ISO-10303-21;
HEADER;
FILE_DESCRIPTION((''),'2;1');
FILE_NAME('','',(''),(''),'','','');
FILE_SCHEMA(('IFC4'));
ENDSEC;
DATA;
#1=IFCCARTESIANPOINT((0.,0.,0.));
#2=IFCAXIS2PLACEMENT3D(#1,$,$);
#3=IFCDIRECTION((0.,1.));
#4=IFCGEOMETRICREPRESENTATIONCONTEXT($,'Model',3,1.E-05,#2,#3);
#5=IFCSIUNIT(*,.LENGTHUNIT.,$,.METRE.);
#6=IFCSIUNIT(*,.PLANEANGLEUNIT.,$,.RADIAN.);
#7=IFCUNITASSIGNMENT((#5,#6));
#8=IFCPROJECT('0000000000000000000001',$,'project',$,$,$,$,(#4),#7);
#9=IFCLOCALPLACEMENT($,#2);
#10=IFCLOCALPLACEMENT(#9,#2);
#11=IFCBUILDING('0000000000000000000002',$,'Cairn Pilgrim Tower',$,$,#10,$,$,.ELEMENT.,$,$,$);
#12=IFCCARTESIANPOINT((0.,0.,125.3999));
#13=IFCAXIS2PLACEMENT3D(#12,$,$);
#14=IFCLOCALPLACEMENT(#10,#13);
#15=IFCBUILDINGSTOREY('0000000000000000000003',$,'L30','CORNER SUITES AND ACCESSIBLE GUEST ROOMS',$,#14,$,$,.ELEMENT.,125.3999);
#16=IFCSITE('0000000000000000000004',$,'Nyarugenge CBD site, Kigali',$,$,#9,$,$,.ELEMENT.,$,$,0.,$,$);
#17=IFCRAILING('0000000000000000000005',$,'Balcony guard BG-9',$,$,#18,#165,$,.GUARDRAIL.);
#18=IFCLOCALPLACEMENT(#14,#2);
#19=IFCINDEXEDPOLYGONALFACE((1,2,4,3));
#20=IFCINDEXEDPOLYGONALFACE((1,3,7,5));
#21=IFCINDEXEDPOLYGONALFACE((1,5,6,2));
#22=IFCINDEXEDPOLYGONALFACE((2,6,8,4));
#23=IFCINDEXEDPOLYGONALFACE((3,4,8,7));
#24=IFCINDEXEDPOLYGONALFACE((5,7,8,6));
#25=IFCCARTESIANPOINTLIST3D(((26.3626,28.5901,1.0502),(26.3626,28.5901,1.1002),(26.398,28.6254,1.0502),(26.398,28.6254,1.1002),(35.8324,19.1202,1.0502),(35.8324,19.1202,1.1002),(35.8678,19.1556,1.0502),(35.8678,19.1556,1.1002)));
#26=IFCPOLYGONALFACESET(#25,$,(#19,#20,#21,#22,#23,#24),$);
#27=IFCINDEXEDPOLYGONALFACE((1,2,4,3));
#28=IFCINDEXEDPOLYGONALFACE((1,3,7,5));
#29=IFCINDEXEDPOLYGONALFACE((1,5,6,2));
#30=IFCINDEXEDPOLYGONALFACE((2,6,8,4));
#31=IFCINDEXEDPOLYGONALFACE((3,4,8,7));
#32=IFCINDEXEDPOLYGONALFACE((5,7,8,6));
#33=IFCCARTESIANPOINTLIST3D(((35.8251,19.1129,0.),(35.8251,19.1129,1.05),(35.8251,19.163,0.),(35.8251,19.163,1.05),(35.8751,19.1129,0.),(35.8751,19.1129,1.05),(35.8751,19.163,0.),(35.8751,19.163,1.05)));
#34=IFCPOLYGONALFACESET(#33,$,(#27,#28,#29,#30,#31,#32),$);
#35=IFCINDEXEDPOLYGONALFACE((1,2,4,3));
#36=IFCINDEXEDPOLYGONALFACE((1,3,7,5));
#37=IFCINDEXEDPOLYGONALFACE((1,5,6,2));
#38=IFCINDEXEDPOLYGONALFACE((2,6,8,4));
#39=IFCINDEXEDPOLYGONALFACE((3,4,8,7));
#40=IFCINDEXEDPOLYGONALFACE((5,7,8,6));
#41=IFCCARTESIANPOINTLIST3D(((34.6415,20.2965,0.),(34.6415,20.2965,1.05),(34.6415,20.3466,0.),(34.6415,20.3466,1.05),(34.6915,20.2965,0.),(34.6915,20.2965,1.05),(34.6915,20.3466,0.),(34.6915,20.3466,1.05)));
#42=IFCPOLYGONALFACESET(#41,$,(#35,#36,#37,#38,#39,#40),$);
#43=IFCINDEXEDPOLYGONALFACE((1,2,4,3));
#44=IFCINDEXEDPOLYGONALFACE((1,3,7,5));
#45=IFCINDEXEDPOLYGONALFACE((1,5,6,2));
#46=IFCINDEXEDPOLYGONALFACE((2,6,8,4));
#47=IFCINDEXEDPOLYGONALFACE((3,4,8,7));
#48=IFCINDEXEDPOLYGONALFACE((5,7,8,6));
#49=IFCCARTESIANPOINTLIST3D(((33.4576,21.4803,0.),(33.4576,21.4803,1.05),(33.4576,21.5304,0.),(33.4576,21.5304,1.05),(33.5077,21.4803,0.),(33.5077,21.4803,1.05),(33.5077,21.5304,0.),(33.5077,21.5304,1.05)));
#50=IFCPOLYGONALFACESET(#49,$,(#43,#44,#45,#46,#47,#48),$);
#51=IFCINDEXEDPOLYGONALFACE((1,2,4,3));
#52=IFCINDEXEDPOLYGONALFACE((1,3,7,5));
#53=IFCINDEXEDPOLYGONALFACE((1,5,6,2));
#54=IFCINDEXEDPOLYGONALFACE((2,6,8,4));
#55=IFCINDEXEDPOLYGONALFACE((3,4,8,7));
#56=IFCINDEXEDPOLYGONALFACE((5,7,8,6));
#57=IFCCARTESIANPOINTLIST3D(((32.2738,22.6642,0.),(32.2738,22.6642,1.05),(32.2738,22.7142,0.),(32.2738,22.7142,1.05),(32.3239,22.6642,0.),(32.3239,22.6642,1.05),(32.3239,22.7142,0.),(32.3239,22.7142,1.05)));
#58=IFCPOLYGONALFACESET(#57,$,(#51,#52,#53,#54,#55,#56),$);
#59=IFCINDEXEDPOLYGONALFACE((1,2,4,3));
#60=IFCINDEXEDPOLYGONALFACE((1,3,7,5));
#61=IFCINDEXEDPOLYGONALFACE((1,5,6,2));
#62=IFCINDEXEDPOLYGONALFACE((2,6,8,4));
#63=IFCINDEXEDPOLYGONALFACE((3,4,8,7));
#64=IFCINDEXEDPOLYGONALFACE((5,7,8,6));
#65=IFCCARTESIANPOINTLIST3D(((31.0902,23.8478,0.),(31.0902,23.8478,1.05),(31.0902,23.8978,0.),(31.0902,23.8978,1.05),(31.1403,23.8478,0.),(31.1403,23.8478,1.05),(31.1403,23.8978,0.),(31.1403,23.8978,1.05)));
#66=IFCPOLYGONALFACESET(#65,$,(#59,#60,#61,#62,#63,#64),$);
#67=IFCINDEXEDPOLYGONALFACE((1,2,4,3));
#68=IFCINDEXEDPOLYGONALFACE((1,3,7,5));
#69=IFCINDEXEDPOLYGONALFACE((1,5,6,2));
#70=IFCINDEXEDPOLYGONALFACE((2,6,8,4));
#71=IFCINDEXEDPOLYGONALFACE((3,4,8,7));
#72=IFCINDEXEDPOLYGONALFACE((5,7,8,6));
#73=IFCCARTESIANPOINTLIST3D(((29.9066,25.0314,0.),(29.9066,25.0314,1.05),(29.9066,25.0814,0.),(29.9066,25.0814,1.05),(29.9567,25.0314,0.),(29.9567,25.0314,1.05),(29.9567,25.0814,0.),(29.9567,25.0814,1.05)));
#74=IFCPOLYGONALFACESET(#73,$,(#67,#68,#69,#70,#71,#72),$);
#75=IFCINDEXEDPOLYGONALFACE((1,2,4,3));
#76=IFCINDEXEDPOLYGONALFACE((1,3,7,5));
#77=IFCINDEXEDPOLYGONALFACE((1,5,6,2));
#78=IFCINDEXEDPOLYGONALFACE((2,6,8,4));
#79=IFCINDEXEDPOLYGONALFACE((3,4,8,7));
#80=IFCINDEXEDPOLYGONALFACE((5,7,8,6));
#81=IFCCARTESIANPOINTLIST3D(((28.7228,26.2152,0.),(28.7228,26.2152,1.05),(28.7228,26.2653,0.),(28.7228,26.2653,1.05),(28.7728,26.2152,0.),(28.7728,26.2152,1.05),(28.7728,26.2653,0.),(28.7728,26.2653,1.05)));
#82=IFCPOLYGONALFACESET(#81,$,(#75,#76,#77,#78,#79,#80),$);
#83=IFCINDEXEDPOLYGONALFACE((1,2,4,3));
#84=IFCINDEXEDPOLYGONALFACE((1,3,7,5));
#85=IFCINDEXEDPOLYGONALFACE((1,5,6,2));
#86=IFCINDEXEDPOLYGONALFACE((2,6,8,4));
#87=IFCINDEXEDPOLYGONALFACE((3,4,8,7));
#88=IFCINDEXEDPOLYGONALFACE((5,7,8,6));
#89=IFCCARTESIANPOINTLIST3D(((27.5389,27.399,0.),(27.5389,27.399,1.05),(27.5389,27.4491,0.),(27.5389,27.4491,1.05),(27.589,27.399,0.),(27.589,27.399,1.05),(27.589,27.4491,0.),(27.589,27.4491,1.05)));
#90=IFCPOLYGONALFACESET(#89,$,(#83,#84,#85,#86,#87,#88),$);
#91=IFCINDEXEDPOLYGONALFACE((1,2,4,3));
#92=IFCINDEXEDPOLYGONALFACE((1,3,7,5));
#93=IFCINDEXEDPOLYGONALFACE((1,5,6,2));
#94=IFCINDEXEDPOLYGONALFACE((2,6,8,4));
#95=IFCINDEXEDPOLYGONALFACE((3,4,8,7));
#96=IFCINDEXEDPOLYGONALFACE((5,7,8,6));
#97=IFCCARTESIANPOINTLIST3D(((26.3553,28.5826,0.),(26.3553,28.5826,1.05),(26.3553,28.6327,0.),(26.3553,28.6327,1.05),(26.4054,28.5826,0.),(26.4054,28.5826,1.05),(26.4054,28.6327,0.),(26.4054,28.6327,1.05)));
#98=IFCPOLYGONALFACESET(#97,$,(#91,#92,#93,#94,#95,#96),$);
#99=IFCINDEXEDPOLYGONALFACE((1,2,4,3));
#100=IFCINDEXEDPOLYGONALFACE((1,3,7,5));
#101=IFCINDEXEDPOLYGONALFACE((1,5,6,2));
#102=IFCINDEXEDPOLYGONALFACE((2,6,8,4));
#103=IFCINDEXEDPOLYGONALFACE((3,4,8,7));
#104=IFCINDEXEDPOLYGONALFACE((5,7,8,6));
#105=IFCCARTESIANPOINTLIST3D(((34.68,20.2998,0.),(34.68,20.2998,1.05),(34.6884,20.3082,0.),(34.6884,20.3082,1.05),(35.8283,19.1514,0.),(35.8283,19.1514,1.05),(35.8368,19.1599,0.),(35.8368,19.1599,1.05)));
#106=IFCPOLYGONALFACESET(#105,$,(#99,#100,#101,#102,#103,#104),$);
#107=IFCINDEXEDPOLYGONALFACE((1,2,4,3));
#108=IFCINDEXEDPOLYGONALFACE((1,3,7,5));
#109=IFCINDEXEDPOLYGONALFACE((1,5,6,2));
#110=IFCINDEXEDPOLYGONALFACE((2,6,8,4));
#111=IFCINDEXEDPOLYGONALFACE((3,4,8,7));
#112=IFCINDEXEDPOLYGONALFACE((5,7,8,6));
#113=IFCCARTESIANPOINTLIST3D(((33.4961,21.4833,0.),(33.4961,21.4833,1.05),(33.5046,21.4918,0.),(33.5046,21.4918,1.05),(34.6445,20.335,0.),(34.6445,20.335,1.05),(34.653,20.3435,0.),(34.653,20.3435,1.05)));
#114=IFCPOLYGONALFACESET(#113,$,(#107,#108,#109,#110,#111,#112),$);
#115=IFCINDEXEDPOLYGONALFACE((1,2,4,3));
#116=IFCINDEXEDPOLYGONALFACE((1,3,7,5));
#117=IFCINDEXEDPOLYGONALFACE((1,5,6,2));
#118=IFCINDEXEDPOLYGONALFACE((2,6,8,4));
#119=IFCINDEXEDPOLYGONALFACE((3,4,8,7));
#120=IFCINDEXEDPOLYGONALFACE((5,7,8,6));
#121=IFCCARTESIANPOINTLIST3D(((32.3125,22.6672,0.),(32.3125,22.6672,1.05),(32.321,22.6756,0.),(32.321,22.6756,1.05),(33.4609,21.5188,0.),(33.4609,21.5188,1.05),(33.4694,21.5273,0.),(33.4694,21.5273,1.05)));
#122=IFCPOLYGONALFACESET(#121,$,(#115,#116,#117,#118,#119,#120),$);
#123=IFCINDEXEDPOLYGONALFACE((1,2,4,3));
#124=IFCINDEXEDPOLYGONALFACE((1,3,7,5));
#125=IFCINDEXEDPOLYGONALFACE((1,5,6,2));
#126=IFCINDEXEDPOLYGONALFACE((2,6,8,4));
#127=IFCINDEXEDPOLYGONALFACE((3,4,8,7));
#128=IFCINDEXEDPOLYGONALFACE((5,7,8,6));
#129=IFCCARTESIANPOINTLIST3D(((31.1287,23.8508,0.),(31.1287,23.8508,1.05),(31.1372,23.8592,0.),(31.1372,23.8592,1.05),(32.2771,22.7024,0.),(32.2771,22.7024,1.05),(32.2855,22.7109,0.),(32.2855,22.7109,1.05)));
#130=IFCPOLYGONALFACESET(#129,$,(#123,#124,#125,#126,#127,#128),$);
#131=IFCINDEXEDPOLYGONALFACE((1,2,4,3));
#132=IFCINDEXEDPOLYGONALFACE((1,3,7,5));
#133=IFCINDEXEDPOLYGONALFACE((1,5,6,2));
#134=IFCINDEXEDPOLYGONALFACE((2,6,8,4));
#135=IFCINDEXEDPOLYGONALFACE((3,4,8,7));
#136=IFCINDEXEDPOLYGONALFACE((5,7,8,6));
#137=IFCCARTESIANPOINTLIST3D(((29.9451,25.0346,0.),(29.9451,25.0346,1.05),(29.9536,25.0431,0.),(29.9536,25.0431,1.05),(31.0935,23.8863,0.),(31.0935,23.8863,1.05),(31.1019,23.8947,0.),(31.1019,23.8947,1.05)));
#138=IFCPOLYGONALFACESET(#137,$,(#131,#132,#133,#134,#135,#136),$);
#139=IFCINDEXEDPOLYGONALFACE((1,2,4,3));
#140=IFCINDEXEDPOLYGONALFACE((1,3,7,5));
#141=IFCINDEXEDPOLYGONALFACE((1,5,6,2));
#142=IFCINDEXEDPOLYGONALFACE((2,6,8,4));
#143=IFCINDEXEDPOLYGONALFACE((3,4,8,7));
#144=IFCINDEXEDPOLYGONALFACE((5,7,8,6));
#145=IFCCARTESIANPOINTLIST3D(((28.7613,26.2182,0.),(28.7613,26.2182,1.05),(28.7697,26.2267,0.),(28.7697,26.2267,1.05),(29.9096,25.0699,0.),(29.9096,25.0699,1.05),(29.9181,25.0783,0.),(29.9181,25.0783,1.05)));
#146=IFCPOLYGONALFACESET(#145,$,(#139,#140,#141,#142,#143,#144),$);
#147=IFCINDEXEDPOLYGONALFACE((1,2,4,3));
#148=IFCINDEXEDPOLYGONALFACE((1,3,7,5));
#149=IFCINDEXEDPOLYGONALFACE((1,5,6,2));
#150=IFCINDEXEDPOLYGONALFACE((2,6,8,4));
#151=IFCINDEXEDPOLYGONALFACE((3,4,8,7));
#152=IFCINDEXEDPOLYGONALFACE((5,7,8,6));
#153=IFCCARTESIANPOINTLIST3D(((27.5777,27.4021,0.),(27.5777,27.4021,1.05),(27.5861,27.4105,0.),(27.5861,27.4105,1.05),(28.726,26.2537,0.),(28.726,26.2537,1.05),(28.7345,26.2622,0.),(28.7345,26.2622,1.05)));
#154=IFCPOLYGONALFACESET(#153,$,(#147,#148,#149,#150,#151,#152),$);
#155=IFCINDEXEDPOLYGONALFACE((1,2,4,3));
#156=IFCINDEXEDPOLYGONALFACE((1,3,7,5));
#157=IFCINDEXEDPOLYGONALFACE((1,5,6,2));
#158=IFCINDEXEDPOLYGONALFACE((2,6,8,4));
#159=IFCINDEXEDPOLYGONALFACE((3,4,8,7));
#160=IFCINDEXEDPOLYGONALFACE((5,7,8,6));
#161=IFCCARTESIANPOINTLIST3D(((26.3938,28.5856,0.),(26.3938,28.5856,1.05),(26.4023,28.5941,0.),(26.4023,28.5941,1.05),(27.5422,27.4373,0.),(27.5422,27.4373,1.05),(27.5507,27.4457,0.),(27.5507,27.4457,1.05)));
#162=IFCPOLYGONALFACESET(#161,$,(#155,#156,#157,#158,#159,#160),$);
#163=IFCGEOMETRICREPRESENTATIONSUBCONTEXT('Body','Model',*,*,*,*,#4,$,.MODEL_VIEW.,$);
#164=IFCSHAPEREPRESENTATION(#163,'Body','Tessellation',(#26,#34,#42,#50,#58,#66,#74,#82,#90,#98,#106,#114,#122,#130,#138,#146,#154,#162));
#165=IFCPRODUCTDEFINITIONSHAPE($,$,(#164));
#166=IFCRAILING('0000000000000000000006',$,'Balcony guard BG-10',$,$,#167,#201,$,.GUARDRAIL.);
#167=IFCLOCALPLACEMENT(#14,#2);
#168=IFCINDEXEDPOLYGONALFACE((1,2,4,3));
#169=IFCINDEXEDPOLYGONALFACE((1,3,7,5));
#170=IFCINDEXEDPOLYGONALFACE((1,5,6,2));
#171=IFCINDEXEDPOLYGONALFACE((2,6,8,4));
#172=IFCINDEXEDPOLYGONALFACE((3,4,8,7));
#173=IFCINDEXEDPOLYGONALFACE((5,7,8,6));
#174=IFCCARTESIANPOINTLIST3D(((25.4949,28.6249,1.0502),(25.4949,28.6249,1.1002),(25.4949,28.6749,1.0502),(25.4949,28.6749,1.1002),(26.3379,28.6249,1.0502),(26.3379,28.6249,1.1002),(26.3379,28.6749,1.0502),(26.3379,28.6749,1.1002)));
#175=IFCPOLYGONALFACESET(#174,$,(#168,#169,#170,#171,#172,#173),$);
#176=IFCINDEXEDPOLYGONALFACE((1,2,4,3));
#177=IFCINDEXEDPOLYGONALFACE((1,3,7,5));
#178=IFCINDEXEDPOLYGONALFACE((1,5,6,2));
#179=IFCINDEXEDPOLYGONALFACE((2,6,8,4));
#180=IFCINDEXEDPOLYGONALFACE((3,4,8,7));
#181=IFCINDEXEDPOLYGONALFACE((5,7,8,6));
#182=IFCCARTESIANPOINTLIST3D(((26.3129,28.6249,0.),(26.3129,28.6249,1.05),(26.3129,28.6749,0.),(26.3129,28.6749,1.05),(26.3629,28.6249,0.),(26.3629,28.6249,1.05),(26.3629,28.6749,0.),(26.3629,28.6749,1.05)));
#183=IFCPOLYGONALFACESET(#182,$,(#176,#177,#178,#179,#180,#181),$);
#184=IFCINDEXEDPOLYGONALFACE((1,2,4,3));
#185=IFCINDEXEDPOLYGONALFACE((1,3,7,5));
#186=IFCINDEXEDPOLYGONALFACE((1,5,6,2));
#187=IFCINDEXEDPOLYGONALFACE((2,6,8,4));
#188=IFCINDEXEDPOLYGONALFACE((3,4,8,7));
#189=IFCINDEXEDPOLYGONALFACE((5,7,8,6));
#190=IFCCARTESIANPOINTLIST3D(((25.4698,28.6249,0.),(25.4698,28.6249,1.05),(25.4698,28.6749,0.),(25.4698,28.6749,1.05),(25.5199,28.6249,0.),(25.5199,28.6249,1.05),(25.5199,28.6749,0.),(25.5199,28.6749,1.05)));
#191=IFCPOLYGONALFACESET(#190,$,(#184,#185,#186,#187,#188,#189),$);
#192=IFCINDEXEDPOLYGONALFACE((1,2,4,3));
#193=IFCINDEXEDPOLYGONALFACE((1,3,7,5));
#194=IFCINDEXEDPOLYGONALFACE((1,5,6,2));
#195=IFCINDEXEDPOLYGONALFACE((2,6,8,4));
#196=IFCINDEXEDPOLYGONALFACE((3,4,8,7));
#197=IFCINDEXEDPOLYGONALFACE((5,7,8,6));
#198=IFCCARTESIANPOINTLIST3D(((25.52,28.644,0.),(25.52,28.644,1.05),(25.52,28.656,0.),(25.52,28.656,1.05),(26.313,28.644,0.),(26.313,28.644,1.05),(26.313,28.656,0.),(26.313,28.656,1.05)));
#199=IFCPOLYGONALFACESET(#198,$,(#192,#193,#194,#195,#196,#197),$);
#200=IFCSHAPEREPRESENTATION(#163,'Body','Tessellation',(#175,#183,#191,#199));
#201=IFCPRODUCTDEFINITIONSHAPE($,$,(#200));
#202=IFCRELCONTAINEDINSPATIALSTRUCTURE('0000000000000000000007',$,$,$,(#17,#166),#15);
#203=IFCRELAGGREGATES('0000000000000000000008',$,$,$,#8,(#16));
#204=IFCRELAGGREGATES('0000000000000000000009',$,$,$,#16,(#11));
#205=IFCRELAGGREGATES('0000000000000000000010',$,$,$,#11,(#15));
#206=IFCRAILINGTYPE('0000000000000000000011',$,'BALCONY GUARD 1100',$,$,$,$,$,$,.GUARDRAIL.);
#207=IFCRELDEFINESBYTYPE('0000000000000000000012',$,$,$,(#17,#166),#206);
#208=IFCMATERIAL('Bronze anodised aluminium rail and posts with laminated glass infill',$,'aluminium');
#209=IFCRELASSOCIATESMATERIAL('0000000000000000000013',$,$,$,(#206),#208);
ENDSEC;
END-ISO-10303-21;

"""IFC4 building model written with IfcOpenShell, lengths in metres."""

from ifc_helpers import new_model, si_unit, direction, frame, origin, origin_2d, place, context, subcontext, project, spatial, polyline, rectangle, outline, extrude, material, type_object, element, save


model = new_model("IFC4")

# Units and contexts
model_context = context("Model", 3, precision=1e-05, world=origin(), true_north=direction((0.0, 1.0)))
body_context = subcontext(model_context, "Body", "Model", "MODEL_VIEW")
ifc_project = project(units=[si_unit("LENGTHUNIT", "METRE"), si_unit("PLANEANGLEUNIT", "RADIAN")], contexts=[model_context])

# Site, building, storey
site_placement = place(None, origin())
site = spatial("IfcSite", under=ifc_project, at=site_placement, Name="Nyarugenge CBD site, Kigali", CompositionType="ELEMENT", RefElevation=0.0)
building_placement = place(site_placement, origin())
building = spatial("IfcBuilding", under=site, at=building_placement, Name="Cairn Pilgrim Tower", CompositionType="ELEMENT")
storey_placement = place(building_placement, frame((0.0, 0.0, 125.3999)))
storey = spatial("IfcBuildingStorey", under=building, at=storey_placement, Name="L30", Description="CORNER SUITES AND ACCESSIBLE GUEST ROOMS", CompositionType="ELEMENT", Elevation=125.3999)

# Railings
ifc_material_1 = material(Name="Bronze anodised aluminium rail and posts with laminated glass infill", Category="aluminium")
railing_type = type_object("IfcRailingType", Name="BALCONY GUARD 1100", PredefinedType="GUARDRAIL", material=ifc_material_1)
railing_1_placement = place(storey_placement, frame((35.8501, 19.1379, 0.0)))
element("IfcRailing", 1, at=railing_1_placement, inside=storey, type_object=railing_type, Name="Balcony guard BG-9", PredefinedType="GUARDRAIL", context=body_context, shape_type="SweptSolid", body=[
    extrude(rectangle(XDim=0.05, YDim=0.05, at=origin_2d()), frame((0.0, 0.0, 1.0752), z_axis=(-0.707107, 0.707107, 0.0), x_axis=(-0.707107, -0.707107, 0.0)), (0.0, 0.0, 1.0), 13.3923),
    extrude(rectangle(XDim=0.05, YDim=0.05, at=origin_2d()), origin(), (0.0, 0.0, 1.0), 1.05),
    extrude(rectangle(XDim=0.05, YDim=0.05, at=origin_2d()), frame((-1.1836, 1.1836, 0.0)), (0.0, 0.0, 1.0), 1.05),
    extrude(rectangle(XDim=0.05, YDim=0.05, at=origin_2d()), frame((-2.3674, 2.3674, 0.0)), (0.0, 0.0, 1.0), 1.05),
    extrude(rectangle(XDim=0.05, YDim=0.05, at=origin_2d()), frame((-3.5513, 3.5513, 0.0)), (0.0, 0.0, 1.0), 1.05),
    extrude(rectangle(XDim=0.05, YDim=0.05, at=origin_2d()), frame((-4.7349, 4.7349, 0.0)), (0.0, 0.0, 1.0), 1.05),
    extrude(rectangle(XDim=0.05, YDim=0.05, at=origin_2d()), frame((-5.9185, 5.9185, 0.0)), (0.0, 0.0, 1.0), 1.05),
    extrude(rectangle(XDim=0.05, YDim=0.05, at=origin_2d()), frame((-7.1023, 7.1023, 0.0)), (0.0, 0.0, 1.0), 1.05),
    extrude(rectangle(XDim=0.05, YDim=0.05, at=origin_2d()), frame((-8.2861, 8.2861, 0.0)), (0.0, 0.0, 1.0), 1.05),
    extrude(rectangle(XDim=0.05, YDim=0.05, at=origin_2d()), frame((-9.4697, 9.4697, 0.0)), (0.0, 0.0, 1.0), 1.05),
    extrude(outline(polyline([(0.0249, 0.0), (1.6489, 0.0), (1.6489, 1.05), (0.0249, 1.05), (0.0249, 0.0)])), frame((-0.0042, -0.0042, 0.0), z_axis=(0.707107, 0.707107, 0.0), x_axis=(-0.707107, 0.707107, 0.0)), (0.0, 0.0, 1.0), 0.012),
    extrude(outline(polyline([(0.0249, 0.0), (1.6489, 0.0), (1.6489, 1.05), (0.0249, 1.05), (0.0249, 0.0)])), frame((-1.188, 1.1794, 0.0), z_axis=(0.707107, 0.707107, 0.0), x_axis=(-0.707107, 0.707107, 0.0)), (0.0, 0.0, 1.0), 0.012),
    extrude(outline(polyline([(0.0249, 0.0), (1.6489, 0.0), (1.6489, 1.05), (0.0249, 1.05), (0.0249, 0.0)])), frame((-2.3716, 2.3633, 0.0), z_axis=(0.707107, 0.707107, 0.0), x_axis=(-0.707107, 0.707107, 0.0)), (0.0, 0.0, 1.0), 0.012),
    extrude(outline(polyline([(0.0249, 0.0), (1.6489, 0.0), (1.6489, 1.05), (0.0249, 1.05), (0.0249, 0.0)])), frame((-3.5554, 3.5469, 0.0), z_axis=(0.707107, 0.707107, 0.0), x_axis=(-0.707107, 0.707107, 0.0)), (0.0, 0.0, 1.0), 0.012),
    extrude(outline(polyline([(0.0249, 0.0), (1.6489, 0.0), (1.6489, 1.05), (0.0249, 1.05), (0.0249, 0.0)])), frame((-4.739, 4.7307, 0.0), z_axis=(0.707107, 0.707107, 0.0), x_axis=(-0.707107, 0.707107, 0.0)), (0.0, 0.0, 1.0), 0.012),
    extrude(outline(polyline([(0.0249, 0.0), (1.6489, 0.0), (1.6489, 1.05), (0.0249, 1.05), (0.0249, 0.0)])), frame((-5.9229, 5.9143, 0.0), z_axis=(0.707107, 0.707107, 0.0), x_axis=(-0.707107, 0.707107, 0.0)), (0.0, 0.0, 1.0), 0.012),
    extrude(outline(polyline([(0.0249, 0.0), (1.6489, 0.0), (1.6489, 1.05), (0.0249, 1.05), (0.0249, 0.0)])), frame((-7.1064, 7.0981, 0.0), z_axis=(0.707107, 0.707107, 0.0), x_axis=(-0.707107, 0.707107, 0.0)), (0.0, 0.0, 1.0), 0.012),
    extrude(outline(polyline([(0.0249, 0.0), (1.6489, 0.0), (1.6489, 1.05), (0.0249, 1.05), (0.0249, 0.0)])), frame((-8.2903, 8.2817, 0.0), z_axis=(0.707107, 0.707107, 0.0), x_axis=(-0.707107, 0.707107, 0.0)), (0.0, 0.0, 1.0), 0.012),
])
railing_2_placement = place(storey_placement, frame((26.3379, 28.6499, 0.0)))
element("IfcRailing", 2, at=railing_2_placement, inside=storey, type_object=railing_type, Name="Balcony guard BG-10", PredefinedType="GUARDRAIL", context=body_context, shape_type="SweptSolid", body=[
    extrude(rectangle(XDim=0.05, YDim=0.05, at=origin_2d()), frame((0.0, 0.0, 1.0752), z_axis=(-1.0, 0.0, 0.0), x_axis=(0.0, -1.0, 0.0)), (0.0, 0.0, 1.0), 0.843),
    extrude(rectangle(XDim=0.05, YDim=0.05, at=origin_2d()), origin(), (0.0, 0.0, 1.0), 1.05),
    extrude(rectangle(XDim=0.05, YDim=0.05, at=origin_2d()), frame((-0.843, 0.0, 0.0)), (0.0, 0.0, 1.0), 1.05),
    extrude(outline(polyline([(0.0249, 0.0), (0.8179, 0.0), (0.8179, 1.05), (0.0249, 1.05), (0.0249, 0.0)])), frame((0.0, -0.0059, 0.0), z_axis=(0.0, 1.0, 0.0), x_axis=(-1.0, 0.0, 0.0)), (0.0, 0.0, 1.0), 0.012),
])

save(model, "model.ifc")
